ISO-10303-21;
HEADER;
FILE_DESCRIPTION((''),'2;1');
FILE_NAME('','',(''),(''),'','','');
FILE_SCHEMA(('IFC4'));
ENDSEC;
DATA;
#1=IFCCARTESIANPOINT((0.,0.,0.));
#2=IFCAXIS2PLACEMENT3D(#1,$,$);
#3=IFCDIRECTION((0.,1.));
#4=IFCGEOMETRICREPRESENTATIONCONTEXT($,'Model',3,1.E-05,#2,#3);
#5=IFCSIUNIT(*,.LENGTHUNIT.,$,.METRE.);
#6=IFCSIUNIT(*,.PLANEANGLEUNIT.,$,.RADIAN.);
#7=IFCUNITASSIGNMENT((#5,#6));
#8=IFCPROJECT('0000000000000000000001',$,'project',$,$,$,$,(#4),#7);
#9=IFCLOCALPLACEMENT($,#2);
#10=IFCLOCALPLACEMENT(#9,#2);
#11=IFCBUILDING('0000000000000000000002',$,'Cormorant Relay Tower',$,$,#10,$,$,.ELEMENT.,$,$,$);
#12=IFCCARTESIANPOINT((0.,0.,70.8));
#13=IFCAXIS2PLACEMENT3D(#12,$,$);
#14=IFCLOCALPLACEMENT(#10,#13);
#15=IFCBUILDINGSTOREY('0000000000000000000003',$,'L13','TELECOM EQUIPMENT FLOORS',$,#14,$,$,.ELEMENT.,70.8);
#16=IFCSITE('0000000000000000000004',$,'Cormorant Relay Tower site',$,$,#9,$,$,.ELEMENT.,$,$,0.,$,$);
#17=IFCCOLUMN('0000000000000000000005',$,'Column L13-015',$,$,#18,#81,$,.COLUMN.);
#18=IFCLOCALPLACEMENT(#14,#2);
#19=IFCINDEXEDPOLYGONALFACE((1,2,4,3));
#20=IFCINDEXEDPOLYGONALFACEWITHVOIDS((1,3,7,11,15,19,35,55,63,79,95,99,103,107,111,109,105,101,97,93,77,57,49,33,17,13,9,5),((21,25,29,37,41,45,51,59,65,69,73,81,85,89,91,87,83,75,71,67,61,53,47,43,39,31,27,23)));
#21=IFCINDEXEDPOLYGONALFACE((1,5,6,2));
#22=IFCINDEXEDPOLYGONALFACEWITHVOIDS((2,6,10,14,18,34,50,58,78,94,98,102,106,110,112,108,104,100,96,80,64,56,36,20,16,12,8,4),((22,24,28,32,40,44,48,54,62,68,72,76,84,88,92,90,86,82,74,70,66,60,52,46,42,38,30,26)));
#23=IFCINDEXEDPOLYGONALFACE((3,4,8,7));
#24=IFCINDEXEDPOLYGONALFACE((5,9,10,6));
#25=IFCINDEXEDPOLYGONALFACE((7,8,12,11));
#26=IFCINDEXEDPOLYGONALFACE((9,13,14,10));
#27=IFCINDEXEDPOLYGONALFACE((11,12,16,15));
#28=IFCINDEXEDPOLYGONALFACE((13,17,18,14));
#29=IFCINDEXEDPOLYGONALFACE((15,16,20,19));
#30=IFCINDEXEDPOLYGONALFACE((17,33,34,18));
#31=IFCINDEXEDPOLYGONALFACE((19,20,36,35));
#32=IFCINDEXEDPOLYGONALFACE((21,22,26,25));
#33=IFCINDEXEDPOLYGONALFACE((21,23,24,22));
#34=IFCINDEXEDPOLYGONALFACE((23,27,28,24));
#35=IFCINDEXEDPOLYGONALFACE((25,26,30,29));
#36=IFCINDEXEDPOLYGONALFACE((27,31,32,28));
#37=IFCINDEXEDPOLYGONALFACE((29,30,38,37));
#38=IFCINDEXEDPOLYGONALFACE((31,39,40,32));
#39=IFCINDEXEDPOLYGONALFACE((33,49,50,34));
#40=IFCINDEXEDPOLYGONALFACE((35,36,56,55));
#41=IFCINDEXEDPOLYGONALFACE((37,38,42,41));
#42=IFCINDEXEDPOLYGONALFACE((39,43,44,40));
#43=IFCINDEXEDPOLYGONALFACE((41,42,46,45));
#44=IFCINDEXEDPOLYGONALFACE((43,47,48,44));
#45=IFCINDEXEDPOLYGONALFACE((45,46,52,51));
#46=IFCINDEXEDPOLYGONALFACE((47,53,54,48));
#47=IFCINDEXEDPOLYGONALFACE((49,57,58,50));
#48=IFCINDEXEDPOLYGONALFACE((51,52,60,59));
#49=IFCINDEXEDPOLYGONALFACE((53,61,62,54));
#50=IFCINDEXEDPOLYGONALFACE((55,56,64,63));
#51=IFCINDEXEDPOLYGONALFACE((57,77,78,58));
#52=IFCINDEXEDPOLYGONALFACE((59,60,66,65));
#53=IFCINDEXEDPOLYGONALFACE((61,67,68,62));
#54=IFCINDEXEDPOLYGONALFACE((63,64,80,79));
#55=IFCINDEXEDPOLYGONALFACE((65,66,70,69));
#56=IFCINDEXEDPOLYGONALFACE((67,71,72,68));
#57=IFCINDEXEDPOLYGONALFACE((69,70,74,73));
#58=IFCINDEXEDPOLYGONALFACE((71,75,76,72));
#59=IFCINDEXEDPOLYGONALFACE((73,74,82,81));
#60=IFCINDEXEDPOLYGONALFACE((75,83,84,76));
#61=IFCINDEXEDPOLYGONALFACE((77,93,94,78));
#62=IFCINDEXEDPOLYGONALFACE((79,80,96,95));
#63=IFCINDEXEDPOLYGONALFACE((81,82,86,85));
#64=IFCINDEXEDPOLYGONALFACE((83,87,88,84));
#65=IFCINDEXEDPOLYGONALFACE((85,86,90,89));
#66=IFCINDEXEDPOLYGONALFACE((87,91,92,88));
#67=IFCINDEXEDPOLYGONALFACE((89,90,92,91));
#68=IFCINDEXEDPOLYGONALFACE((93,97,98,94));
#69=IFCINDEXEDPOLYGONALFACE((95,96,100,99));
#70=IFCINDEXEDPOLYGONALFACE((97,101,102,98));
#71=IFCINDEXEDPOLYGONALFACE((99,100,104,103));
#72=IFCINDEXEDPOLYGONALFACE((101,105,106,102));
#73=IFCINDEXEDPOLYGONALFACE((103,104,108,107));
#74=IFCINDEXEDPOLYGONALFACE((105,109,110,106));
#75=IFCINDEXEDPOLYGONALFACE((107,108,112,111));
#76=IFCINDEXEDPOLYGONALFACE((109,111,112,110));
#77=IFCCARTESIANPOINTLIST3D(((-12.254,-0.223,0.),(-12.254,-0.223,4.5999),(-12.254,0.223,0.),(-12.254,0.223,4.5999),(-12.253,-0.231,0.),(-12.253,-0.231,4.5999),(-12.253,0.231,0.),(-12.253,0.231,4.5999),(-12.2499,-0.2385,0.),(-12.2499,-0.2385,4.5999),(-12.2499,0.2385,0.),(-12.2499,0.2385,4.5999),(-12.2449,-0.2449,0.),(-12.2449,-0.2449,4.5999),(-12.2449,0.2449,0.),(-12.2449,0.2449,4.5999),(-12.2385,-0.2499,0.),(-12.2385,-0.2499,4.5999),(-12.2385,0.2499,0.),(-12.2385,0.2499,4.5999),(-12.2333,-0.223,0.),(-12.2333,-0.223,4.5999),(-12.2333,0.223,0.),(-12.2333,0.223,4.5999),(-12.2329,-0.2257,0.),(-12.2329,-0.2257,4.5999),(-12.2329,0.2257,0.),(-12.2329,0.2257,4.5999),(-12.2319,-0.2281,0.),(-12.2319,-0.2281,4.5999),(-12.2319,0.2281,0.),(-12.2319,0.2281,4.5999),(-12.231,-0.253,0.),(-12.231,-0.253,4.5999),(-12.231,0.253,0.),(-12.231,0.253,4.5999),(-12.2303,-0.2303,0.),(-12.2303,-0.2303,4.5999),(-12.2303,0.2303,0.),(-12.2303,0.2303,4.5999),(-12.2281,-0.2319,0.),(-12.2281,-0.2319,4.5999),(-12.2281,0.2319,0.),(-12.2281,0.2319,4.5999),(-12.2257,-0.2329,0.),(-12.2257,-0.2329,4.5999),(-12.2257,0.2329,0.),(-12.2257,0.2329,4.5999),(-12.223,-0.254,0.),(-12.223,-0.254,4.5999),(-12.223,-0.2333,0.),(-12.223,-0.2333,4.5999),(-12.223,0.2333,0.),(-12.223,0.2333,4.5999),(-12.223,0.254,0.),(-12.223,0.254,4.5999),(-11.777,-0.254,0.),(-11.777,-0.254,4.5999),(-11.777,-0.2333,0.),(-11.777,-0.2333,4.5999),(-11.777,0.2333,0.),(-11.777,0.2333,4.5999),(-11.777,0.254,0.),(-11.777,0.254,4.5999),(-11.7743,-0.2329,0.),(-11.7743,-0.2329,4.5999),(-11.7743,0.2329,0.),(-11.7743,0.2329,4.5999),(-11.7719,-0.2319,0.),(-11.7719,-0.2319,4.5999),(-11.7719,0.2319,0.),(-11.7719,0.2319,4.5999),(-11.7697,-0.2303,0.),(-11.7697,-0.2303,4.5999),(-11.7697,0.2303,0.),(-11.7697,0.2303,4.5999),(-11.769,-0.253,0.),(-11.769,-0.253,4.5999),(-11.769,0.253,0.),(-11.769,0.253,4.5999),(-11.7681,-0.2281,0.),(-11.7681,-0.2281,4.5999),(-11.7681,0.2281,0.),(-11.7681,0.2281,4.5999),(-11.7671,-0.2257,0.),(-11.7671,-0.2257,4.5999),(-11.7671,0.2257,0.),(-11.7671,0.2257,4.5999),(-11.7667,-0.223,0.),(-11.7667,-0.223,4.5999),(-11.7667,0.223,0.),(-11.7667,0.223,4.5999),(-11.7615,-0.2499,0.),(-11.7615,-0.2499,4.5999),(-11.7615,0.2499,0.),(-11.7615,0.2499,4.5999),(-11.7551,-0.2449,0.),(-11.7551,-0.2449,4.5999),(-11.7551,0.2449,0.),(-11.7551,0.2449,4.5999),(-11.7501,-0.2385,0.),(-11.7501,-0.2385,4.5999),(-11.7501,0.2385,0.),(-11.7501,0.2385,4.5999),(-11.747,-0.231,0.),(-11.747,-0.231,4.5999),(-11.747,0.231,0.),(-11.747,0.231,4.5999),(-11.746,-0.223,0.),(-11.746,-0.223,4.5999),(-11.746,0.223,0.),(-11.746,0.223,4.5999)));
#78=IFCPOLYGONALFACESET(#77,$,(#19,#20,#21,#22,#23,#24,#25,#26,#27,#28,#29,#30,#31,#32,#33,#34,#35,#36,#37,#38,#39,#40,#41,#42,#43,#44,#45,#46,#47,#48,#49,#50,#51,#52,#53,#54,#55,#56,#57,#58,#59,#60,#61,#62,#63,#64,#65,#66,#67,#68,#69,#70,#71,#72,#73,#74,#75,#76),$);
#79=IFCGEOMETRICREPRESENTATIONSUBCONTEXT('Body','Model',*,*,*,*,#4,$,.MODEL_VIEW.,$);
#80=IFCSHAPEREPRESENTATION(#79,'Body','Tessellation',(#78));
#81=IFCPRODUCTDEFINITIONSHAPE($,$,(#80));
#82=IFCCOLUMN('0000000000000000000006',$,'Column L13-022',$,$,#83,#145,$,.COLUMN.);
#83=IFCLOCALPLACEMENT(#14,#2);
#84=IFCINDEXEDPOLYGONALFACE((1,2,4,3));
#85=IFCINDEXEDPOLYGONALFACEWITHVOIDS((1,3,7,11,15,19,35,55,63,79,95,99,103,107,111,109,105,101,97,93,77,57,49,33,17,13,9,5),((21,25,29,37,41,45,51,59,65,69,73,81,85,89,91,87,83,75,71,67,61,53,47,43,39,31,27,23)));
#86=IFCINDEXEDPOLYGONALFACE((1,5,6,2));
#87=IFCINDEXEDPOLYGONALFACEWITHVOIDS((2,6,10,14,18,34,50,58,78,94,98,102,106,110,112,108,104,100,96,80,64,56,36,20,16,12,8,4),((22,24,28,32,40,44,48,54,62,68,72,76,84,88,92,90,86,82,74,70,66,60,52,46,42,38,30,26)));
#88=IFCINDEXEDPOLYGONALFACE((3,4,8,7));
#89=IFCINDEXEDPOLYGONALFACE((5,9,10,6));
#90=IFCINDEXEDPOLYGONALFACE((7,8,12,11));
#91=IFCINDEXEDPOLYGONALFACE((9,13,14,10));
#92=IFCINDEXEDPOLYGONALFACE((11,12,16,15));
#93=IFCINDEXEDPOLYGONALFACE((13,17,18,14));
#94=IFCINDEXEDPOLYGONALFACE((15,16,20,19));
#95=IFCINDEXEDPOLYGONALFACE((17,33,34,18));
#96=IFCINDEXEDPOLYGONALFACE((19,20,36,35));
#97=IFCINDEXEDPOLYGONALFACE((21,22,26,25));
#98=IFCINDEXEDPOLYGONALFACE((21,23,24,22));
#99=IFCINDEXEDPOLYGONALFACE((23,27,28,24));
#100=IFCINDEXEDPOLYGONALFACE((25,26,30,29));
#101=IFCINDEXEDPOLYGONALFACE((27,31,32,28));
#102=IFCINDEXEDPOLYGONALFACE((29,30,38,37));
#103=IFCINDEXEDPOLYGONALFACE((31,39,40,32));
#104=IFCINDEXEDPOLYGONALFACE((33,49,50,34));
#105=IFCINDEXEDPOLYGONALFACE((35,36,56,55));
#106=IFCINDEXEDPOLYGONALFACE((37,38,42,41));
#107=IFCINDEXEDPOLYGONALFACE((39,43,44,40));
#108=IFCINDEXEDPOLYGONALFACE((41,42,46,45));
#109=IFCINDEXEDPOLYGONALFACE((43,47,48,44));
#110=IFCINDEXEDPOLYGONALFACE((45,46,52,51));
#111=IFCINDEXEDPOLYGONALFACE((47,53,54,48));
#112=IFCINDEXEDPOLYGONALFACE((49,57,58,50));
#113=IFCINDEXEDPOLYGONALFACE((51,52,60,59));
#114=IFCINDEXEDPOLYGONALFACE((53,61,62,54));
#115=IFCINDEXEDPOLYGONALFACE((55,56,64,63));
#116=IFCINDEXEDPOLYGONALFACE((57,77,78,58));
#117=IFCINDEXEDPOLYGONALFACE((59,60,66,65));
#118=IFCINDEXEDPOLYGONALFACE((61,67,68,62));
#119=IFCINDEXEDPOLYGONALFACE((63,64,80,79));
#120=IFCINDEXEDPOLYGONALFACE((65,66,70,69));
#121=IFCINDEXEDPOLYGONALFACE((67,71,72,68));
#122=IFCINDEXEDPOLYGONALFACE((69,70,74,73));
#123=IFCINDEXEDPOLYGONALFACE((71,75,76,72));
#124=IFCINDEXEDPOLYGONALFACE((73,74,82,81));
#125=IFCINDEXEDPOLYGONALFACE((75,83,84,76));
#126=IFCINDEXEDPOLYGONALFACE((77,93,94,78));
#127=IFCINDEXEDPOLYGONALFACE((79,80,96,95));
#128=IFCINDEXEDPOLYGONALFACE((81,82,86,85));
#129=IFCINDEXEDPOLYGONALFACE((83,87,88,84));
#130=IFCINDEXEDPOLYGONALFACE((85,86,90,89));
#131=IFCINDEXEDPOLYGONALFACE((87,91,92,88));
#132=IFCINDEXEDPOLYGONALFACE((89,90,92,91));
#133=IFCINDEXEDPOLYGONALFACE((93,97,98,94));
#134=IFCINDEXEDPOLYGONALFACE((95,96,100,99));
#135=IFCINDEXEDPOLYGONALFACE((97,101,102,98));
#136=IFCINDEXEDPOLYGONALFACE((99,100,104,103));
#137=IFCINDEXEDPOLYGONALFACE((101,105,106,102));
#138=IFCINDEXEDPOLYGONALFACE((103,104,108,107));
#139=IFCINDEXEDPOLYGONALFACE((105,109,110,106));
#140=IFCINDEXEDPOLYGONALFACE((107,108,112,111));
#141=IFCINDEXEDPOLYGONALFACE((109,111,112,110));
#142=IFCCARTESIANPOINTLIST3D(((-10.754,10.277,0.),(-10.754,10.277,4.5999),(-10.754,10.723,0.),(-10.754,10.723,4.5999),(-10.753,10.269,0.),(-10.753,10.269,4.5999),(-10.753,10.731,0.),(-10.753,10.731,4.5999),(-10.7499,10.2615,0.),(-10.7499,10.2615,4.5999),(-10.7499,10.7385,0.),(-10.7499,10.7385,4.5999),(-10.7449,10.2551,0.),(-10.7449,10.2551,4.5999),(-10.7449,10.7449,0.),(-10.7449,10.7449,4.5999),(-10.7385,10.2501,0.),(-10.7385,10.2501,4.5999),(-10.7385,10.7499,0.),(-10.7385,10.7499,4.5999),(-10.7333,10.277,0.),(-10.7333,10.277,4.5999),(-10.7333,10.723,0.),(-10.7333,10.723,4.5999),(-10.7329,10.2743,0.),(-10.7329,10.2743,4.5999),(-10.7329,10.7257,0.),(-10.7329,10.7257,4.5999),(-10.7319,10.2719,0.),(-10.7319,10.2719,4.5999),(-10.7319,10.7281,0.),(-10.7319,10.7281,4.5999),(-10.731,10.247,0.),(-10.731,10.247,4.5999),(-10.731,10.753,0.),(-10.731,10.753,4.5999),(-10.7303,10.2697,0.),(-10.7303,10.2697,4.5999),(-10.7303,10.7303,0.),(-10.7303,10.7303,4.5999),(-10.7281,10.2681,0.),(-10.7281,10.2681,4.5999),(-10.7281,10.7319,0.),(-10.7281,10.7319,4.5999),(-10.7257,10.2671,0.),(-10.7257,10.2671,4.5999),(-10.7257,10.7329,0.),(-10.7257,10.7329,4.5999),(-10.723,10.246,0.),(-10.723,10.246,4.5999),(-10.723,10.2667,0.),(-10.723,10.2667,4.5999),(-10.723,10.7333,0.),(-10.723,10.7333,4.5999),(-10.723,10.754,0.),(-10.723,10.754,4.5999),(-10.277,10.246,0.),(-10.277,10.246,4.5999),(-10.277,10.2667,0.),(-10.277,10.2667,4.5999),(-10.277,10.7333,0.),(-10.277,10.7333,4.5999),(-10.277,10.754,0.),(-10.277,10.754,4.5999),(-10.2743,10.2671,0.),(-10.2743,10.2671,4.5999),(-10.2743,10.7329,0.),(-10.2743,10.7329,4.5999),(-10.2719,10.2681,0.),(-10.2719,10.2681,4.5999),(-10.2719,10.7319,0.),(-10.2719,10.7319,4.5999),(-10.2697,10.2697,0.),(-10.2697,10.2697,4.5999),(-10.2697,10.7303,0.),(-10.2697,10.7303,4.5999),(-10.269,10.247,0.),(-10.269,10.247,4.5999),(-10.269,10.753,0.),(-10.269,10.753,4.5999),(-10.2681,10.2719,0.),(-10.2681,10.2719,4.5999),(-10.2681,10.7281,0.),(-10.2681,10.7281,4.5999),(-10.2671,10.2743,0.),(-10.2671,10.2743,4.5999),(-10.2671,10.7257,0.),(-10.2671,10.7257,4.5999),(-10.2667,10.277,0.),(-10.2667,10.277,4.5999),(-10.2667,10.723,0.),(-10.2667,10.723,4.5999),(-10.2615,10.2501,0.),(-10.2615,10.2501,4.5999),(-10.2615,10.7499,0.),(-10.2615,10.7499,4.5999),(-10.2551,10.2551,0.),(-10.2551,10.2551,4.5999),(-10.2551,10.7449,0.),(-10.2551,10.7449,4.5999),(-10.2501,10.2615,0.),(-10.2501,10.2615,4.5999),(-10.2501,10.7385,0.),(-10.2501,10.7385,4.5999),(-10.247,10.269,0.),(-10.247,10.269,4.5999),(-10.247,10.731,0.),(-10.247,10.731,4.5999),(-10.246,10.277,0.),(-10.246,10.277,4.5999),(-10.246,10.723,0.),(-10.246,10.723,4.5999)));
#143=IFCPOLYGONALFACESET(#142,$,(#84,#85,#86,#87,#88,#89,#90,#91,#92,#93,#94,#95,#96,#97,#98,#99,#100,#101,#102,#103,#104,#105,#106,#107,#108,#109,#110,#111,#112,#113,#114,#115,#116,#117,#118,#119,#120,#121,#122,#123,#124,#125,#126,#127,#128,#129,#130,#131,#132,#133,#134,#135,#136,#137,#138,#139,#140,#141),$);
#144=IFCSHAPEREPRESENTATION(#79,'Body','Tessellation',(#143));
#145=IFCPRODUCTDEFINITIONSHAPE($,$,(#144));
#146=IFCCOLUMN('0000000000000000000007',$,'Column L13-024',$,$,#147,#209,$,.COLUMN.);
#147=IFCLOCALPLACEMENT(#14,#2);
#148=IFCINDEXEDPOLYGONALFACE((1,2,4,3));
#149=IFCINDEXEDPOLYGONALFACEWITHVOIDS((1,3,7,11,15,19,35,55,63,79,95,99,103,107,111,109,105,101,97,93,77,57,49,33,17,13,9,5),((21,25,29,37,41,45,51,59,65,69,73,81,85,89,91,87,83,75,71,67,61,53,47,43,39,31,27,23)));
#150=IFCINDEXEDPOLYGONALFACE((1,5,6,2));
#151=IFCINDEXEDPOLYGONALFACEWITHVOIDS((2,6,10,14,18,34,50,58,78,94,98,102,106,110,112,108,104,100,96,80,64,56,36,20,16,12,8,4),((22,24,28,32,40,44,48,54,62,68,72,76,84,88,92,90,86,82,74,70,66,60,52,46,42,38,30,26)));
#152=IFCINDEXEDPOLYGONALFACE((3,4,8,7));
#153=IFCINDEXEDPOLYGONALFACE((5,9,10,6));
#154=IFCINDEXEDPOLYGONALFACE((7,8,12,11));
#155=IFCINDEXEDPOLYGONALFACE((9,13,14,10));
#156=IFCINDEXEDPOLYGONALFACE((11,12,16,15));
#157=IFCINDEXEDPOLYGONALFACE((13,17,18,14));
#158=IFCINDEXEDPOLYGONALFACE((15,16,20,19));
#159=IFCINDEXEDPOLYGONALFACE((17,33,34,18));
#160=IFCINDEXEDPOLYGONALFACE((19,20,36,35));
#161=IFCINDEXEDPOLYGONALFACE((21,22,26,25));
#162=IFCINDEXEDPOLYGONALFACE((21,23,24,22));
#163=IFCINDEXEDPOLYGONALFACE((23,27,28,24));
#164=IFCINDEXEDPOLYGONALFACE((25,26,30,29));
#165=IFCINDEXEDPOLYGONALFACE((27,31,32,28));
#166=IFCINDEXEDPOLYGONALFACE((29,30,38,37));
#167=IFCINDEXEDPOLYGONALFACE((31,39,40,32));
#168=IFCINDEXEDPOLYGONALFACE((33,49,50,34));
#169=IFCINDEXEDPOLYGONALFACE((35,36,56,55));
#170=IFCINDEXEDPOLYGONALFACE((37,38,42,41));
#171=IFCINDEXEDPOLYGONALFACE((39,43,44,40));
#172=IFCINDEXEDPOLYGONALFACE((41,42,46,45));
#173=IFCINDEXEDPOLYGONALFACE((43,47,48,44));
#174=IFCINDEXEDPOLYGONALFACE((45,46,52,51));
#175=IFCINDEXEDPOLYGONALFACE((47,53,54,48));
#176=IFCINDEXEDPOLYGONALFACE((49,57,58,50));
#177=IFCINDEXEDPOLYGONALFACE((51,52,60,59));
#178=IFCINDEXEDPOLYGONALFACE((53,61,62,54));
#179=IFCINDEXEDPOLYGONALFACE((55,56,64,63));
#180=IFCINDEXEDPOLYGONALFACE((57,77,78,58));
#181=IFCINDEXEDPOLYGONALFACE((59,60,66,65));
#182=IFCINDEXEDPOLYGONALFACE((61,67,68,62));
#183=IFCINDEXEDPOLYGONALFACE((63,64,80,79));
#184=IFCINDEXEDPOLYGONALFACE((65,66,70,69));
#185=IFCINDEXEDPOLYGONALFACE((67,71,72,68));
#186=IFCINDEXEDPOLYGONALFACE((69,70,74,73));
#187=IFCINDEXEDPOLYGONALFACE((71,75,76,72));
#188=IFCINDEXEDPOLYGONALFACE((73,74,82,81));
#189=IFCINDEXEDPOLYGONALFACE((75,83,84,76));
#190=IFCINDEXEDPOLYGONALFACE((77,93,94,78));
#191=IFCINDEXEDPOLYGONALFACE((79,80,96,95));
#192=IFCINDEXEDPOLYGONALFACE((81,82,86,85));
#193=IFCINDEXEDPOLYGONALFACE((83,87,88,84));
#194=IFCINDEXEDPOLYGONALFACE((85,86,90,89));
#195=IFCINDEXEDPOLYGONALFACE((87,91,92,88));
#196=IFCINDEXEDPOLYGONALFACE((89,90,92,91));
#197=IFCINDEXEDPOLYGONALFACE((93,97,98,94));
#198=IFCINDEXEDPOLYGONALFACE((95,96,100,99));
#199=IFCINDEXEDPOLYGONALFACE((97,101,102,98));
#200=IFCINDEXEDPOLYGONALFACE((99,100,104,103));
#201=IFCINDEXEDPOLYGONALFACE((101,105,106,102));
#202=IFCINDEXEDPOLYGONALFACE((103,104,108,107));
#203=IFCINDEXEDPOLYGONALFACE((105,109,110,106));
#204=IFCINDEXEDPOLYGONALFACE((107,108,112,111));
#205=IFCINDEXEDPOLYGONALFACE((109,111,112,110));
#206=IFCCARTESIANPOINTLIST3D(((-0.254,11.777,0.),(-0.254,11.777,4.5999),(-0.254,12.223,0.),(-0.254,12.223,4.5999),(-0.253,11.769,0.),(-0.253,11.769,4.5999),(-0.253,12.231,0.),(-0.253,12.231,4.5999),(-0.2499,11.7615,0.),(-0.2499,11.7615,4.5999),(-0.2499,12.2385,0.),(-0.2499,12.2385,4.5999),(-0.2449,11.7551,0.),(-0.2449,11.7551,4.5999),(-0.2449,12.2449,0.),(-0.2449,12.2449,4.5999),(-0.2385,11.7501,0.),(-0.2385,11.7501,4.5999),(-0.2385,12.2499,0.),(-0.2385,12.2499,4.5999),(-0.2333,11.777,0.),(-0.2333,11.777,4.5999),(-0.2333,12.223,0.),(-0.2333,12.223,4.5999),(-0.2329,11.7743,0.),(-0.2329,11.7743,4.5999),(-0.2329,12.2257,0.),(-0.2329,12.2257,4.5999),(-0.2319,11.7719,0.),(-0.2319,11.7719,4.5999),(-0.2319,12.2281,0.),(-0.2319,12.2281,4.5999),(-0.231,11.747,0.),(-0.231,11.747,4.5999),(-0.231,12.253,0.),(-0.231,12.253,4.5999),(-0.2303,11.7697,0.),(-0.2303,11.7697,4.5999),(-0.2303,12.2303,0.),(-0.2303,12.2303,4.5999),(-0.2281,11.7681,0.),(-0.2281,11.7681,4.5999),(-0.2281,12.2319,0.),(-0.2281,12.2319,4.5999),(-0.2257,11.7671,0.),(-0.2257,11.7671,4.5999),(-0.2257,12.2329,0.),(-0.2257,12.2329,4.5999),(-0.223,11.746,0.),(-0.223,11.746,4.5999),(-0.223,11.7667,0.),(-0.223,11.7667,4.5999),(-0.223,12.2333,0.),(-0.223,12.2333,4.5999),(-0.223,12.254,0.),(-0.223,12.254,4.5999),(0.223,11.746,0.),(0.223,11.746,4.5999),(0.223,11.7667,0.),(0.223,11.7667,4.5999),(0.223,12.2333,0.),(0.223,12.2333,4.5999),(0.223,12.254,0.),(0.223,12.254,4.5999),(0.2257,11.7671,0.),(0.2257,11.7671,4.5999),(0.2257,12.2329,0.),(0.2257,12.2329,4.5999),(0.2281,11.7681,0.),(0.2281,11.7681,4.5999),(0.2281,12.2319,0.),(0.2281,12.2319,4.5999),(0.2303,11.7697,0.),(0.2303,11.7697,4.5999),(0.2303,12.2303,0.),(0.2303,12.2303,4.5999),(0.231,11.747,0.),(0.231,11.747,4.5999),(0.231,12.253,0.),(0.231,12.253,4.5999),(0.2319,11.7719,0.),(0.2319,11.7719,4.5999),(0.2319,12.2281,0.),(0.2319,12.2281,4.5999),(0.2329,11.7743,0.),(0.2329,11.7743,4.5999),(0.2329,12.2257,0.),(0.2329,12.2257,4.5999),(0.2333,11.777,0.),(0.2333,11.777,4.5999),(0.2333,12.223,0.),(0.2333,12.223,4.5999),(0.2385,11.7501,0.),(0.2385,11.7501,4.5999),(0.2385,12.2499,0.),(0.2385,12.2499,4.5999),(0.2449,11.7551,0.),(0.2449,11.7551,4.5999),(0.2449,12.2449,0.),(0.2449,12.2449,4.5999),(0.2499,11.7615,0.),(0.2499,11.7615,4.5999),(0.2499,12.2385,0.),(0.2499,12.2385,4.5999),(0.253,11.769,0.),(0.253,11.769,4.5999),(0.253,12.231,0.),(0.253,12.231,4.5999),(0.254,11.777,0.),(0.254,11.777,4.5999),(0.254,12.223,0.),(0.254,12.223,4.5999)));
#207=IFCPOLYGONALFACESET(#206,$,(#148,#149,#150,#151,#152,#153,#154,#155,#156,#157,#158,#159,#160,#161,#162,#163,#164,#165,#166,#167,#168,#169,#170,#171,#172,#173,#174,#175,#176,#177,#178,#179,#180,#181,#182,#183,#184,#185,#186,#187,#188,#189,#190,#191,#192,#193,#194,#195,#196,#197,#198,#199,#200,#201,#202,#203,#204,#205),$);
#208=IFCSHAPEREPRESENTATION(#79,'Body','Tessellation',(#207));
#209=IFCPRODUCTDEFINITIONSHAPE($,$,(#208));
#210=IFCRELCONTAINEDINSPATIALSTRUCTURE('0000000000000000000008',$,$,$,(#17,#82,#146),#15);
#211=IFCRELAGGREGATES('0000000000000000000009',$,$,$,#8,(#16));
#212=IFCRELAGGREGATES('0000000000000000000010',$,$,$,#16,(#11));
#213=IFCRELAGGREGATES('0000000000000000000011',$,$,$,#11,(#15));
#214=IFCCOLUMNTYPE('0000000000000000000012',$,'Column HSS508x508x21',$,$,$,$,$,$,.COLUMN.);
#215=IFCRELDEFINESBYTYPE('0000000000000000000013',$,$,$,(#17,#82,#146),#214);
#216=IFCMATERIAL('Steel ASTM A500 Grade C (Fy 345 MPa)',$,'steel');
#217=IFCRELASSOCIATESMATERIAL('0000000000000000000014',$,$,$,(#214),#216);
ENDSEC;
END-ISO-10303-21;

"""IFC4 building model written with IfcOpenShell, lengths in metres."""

from ifc_helpers import new_model, si_unit, direction, frame, origin, origin_2d, place, context, subcontext, project, spatial, hollow_rectangle, extrude, material, material_profile, profile_set, type_object, element, save


model = new_model("IFC4")

# Units and contexts
model_context = context("Model", 3, precision=1e-05, world=origin(), true_north=direction((0.0, 1.0)))
body_context = subcontext(model_context, "Body", "Model", "MODEL_VIEW")
ifc_project = project(units=[si_unit("LENGTHUNIT", "METRE"), si_unit("PLANEANGLEUNIT", "RADIAN")], contexts=[model_context])

# Site, building, storey
site_placement = place(None, origin())
site = spatial("IfcSite", under=ifc_project, at=site_placement, Name="Cormorant Relay Tower site", CompositionType="ELEMENT", RefElevation=0.0)
building_placement = place(site_placement, origin())
building = spatial("IfcBuilding", under=site, at=building_placement, Name="Cormorant Relay Tower", CompositionType="ELEMENT")
storey_placement = place(building_placement, frame((0.0, 0.0, 70.8)))
storey = spatial("IfcBuildingStorey", under=building, at=storey_placement, Name="L13", Description="TELECOM EQUIPMENT FLOORS", CompositionType="ELEMENT", Elevation=70.8)

# Columns
ifc_material_1 = material(Name="Steel ASTM A500 Grade C (Fy 345 MPa)", Category="steel")
ifc_material_profile = material_profile(ifc_material_1, hollow_rectangle(XDim=0.5081, YDim=0.5081, WallThickness=0.0208, InnerFilletRadius=0.0103, OuterFilletRadius=0.031, at=origin_2d()), Name="HSS508x508x21")
ifc_profile_set = profile_set([ifc_material_profile], Name="Steel ASTM A500 Grade C (Fy 345 MPa)")
column_type = type_object("IfcColumnType", Name="Column HSS508x508x21", PredefinedType="COLUMN", material=ifc_profile_set)
for number, where, z_axis, x_axis, name in (
    (1, (-12.0, 0.0, 0.0), (0.0, 0.0, 1.0), (1.0, 0.0, 0.0), "Column L13-015"),
    (2, (-10.5, 10.5, 0.0), (0.0, 0.0, 1.0), (1.0, 0.0, 0.0), "Column L13-022"),
    (3, (0.0, 12.0, 0.0), (0.0, 0.0, 1.0), (1.0, 0.0, 0.0), "Column L13-024"),
):
    element("IfcColumn", number, at=place(storey_placement, frame(where, z_axis=z_axis, x_axis=x_axis)), inside=storey, type_object=column_type, Name=name, PredefinedType="COLUMN", context=body_context, shape_type="SweptSolid", body=[
        extrude(hollow_rectangle(XDim=0.5081, YDim=0.5081, WallThickness=0.0208, InnerFilletRadius=0.0103, OuterFilletRadius=0.031, at=origin_2d()), origin(), (0.0, 0.0, 1.0), 4.5999),
    ])

save(model, "model.ifc")
